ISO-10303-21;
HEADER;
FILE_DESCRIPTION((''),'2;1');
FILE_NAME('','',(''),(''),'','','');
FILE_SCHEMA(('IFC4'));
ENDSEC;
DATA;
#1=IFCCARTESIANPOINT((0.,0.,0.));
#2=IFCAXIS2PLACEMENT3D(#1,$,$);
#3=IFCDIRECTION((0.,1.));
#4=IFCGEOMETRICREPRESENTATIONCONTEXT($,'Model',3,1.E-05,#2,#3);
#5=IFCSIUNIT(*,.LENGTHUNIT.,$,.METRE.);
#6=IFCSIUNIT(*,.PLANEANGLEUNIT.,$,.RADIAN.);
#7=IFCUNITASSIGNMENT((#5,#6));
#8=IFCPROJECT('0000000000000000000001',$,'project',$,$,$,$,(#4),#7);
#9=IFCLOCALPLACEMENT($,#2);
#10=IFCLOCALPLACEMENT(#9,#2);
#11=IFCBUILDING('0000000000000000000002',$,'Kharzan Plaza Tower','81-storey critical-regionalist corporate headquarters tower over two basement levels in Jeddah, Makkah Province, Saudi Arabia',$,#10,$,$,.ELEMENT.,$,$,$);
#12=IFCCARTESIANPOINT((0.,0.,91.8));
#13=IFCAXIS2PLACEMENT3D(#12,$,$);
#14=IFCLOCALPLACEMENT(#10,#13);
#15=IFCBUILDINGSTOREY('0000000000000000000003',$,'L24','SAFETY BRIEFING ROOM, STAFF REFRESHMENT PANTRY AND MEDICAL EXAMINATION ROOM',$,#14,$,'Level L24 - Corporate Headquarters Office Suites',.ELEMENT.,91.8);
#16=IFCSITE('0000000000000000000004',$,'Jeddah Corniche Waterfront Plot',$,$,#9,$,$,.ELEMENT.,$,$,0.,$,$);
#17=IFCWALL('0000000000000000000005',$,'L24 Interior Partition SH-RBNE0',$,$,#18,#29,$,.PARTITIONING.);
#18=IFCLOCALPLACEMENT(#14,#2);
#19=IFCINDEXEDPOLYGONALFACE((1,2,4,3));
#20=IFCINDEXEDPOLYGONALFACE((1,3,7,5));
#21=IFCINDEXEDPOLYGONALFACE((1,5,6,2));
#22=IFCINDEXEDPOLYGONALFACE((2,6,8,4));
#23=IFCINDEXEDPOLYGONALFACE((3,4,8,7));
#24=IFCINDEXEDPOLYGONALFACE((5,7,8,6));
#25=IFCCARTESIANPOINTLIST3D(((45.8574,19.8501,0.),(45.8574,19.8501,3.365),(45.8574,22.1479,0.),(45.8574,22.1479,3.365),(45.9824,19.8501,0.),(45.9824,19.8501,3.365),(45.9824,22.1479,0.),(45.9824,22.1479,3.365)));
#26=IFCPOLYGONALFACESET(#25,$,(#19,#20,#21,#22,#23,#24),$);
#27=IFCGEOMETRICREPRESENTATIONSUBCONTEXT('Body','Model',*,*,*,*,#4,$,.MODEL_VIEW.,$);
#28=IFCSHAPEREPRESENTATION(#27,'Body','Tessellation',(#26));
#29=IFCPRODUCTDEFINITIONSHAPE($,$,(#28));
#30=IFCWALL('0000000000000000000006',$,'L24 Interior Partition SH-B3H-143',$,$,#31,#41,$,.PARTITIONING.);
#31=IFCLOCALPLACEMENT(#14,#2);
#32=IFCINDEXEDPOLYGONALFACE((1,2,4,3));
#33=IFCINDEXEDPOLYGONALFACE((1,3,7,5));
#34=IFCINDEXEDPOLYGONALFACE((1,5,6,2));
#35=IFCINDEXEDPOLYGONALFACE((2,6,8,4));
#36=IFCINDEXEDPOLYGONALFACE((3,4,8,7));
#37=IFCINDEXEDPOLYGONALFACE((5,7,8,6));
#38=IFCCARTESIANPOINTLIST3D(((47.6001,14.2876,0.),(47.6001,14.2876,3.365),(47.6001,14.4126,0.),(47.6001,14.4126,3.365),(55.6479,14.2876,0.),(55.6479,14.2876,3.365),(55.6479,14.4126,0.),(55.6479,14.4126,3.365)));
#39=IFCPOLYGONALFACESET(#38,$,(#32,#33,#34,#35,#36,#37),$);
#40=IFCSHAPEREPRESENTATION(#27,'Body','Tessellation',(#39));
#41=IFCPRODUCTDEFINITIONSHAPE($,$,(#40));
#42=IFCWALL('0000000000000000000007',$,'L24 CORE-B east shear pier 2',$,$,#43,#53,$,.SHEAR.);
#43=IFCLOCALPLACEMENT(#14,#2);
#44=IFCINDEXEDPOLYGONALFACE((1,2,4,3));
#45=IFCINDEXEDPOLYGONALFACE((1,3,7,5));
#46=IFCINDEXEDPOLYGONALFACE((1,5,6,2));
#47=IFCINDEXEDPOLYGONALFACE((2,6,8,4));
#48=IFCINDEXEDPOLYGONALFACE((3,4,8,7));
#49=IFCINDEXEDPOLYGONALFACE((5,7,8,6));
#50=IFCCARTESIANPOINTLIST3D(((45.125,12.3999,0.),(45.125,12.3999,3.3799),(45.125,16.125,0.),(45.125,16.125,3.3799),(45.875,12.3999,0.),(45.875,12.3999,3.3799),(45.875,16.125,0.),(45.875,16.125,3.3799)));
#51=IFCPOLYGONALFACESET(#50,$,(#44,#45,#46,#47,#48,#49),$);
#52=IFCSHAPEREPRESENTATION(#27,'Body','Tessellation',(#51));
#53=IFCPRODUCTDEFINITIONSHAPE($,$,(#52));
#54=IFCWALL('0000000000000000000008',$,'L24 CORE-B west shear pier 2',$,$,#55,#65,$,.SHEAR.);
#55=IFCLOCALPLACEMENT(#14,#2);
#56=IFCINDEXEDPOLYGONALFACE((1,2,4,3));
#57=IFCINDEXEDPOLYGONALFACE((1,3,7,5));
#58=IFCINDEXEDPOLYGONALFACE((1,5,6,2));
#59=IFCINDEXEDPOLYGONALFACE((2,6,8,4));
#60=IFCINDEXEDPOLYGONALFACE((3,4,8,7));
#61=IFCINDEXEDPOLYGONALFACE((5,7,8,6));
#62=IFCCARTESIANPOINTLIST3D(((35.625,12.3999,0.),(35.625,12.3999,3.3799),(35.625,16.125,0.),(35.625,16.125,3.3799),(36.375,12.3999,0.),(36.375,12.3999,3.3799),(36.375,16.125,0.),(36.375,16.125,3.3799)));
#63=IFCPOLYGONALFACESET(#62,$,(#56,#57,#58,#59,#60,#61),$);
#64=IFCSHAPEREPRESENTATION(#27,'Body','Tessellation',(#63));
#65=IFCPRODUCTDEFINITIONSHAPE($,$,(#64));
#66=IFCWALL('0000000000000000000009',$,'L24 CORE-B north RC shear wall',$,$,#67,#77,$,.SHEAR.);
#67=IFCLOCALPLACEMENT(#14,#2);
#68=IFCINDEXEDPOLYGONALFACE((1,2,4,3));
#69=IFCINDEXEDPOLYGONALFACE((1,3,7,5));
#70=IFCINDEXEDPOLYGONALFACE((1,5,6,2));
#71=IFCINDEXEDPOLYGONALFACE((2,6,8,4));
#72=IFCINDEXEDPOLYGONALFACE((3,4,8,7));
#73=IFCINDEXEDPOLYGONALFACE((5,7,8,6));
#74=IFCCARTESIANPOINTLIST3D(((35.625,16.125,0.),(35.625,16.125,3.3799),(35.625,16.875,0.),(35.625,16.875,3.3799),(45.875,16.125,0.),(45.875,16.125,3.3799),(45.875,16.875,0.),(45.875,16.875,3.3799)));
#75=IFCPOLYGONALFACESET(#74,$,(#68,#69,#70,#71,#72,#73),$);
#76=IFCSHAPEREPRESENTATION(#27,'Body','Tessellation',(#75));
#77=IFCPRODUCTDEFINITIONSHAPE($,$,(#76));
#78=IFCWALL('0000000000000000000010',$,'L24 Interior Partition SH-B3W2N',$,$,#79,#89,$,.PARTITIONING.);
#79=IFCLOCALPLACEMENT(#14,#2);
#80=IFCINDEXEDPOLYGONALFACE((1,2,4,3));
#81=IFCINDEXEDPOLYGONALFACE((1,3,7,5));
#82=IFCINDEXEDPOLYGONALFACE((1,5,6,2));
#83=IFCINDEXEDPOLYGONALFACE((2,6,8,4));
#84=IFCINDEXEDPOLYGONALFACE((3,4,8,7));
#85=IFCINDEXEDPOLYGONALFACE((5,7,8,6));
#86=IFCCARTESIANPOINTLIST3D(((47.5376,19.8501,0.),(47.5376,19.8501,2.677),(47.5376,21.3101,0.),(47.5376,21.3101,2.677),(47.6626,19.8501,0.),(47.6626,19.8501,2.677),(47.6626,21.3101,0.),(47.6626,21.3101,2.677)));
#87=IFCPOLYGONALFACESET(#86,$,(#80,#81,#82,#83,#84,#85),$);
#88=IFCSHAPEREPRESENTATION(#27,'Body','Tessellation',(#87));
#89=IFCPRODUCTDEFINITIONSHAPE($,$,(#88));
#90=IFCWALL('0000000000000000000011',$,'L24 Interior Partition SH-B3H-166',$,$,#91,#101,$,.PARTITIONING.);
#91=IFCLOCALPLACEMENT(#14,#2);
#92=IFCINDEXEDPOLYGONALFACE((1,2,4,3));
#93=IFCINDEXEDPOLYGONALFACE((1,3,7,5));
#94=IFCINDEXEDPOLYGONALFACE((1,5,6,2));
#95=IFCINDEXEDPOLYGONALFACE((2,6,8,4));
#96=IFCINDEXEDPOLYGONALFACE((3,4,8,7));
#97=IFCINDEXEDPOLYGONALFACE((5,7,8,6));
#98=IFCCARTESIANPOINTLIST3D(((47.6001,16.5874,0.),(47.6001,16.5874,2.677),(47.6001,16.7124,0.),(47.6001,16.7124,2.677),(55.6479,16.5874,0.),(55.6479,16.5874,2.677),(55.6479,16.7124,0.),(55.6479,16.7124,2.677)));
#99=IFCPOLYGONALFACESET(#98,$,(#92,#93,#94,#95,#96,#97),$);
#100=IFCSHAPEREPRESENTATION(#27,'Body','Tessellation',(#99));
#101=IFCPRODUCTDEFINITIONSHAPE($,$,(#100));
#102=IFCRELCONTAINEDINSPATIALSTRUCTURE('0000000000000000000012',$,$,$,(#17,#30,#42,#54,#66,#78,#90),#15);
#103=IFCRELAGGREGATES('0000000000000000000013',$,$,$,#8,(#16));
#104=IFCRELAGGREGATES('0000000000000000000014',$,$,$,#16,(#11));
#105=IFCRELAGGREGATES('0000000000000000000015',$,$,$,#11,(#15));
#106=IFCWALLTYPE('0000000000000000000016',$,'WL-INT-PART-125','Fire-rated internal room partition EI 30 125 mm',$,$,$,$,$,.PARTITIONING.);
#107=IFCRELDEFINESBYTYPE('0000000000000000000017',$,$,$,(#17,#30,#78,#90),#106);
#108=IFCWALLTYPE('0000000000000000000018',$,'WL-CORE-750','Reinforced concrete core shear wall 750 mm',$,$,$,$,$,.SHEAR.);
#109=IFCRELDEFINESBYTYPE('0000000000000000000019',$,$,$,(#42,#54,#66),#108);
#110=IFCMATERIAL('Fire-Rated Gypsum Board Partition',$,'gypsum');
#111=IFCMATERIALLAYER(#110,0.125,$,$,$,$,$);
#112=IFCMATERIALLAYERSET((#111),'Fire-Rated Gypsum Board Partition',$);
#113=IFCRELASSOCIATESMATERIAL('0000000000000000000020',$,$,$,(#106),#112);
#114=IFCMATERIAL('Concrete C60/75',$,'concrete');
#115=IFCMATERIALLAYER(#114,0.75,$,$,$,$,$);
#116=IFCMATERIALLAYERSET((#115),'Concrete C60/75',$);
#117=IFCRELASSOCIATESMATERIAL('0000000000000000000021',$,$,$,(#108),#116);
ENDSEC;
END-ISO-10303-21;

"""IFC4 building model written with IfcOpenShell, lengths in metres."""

from ifc_helpers import new_model, si_unit, direction, frame, frame_2d, origin, place, context, subcontext, project, spatial, rectangle, extrude, source, transform, mapped, material, layer, layer_set, type_object, element, save


model = new_model("IFC4")

# Units and contexts
model_context = context("Model", 3, precision=1e-05, world=origin(), true_north=direction((0.0, 1.0)))
body_context = subcontext(model_context, "Body", "Model", "MODEL_VIEW")
ifc_project = project(units=[si_unit("LENGTHUNIT", "METRE"), si_unit("PLANEANGLEUNIT", "RADIAN")], contexts=[model_context])

# Site, building, storey
site_placement = place(None, origin())
site = spatial("IfcSite", under=ifc_project, at=site_placement, Name="Jeddah Corniche Waterfront Plot", CompositionType="ELEMENT", RefElevation=0.0)
building_placement = place(site_placement, origin())
building = spatial("IfcBuilding", under=site, at=building_placement, Name="Kharzan Plaza Tower", Description="81-storey critical-regionalist corporate headquarters tower over two basement levels in Jeddah, Makkah Province, Saudi Arabia", CompositionType="ELEMENT")
storey_placement = place(building_placement, frame((0.0, 0.0, 91.8)))
storey = spatial("IfcBuildingStorey", under=building, at=storey_placement, Name="L24", Description="SAFETY BRIEFING ROOM, STAFF REFRESHMENT PANTRY AND MEDICAL EXAMINATION ROOM", LongName="Level L24 - Corporate Headquarters Office Suites", CompositionType="ELEMENT", Elevation=91.8)

# Shared definitions
ifc_material_1 = material(Name="Concrete C60/75", Category="concrete")

# Shared definitions
ifc_material_2 = material(Name="Fire-Rated Gypsum Board Partition", Category="gypsum")
ifc_layer_1 = layer(ifc_material_2, 0.125)
ifc_layer_set_1 = layer_set([ifc_layer_1], Name="Fire-Rated Gypsum Board Partition")
wall_type_1 = type_object("IfcWallType", Name="WL-INT-PART-125", Description="Fire-rated internal room partition EI 30 125 mm", PredefinedType="PARTITIONING", material=ifc_layer_set_1)

# Walls
shared_shape_1 = source(origin(), body_context, "Body", "SweptSolid", [
    extrude(rectangle(XDim=2.2979, YDim=0.125, at=frame_2d((1.1489, 0.0))), origin(), (0.0, 0.0, 1.0), 3.365),
])
wall_1_placement = place(storey_placement, frame((45.9199, 19.8501, 0.0), z_axis=(0.0, 0.0, 1.0), x_axis=(0.0, 1.0, 0.0)))
element("IfcWall", 1, at=wall_1_placement, inside=storey, type_object=wall_type_1, Name="L24 Interior Partition SH-RBNE0", PredefinedType="PARTITIONING", context=body_context, shape_type="MappedRepresentation", body=[
    mapped(shared_shape_1, transform((0.0, 0.0, 0.0), x_axis=(1.0, 0.0, 0.0), y_axis=(0.0, 1.0, 0.0), z_axis=(0.0, 0.0, 1.0))),
])
shared_shape_2 = source(origin(), body_context, "Body", "SweptSolid", [
    extrude(rectangle(XDim=8.0479, YDim=0.125, at=frame_2d((4.0239, 0.0))), origin(), (0.0, 0.0, 1.0), 3.365),
])
wall_2_placement = place(storey_placement, frame((47.6001, 14.3501, 0.0), z_axis=(0.0, 0.0, 1.0), x_axis=(1.0, 0.0, 0.0)))
element("IfcWall", 2, at=wall_2_placement, inside=storey, type_object=wall_type_1, Name="L24 Interior Partition SH-B3H-143", PredefinedType="PARTITIONING", context=body_context, shape_type="MappedRepresentation", body=[
    mapped(shared_shape_2, transform((0.0, 0.0, 0.0), x_axis=(1.0, 0.0, 0.0), y_axis=(0.0, 1.0, 0.0), z_axis=(0.0, 0.0, 1.0))),
])
ifc_layer_2 = layer(ifc_material_1, 0.75)
ifc_layer_set_2 = layer_set([ifc_layer_2], Name="Concrete C60/75")
wall_type_2 = type_object("IfcWallType", Name="WL-CORE-750", Description="Reinforced concrete core shear wall 750 mm", PredefinedType="SHEAR", material=ifc_layer_set_2)
shared_shape_3 = source(origin(), body_context, "Body", "SweptSolid", [
    extrude(rectangle(XDim=3.7251, YDim=0.75, at=frame_2d((1.8625, 0.0))), origin(), (0.0, 0.0, 1.0), 3.3799),
])
for number, where, z_axis, x_axis, name in (
    (3, (45.5, 12.3999, 0.0), (0.0, 0.0, 1.0), (0.0, 1.0, 0.0), "L24 CORE-B east shear pier 2"),
    (4, (36.0, 12.3999, 0.0), (0.0, 0.0, 1.0), (0.0, 1.0, 0.0), "L24 CORE-B west shear pier 2"),
):
    element("IfcWall", number, at=place(storey_placement, frame(where, z_axis=z_axis, x_axis=x_axis)), inside=storey, type_object=wall_type_2, Name=name, PredefinedType="SHEAR", context=body_context, shape_type="MappedRepresentation", body=[
        mapped(shared_shape_3, transform((0.0, 0.0, 0.0), x_axis=(1.0, 0.0, 0.0), y_axis=(0.0, 1.0, 0.0), z_axis=(0.0, 0.0, 1.0))),
    ])
shared_shape_4 = source(origin(), body_context, "Body", "SweptSolid", [
    extrude(rectangle(XDim=10.25, YDim=0.75, at=frame_2d((5.125, 0.0))), origin(), (0.0, 0.0, 1.0), 3.3799),
])
wall_3_placement = place(storey_placement, frame((35.625, 16.5, 0.0), z_axis=(0.0, 0.0, 1.0), x_axis=(1.0, 0.0, 0.0)))
element("IfcWall", 5, at=wall_3_placement, inside=storey, type_object=wall_type_2, Name="L24 CORE-B north RC shear wall", PredefinedType="SHEAR", context=body_context, shape_type="MappedRepresentation", body=[
    mapped(shared_shape_4, transform((0.0, 0.0, 0.0), x_axis=(1.0, 0.0, 0.0), y_axis=(0.0, 1.0, 0.0), z_axis=(0.0, 0.0, 1.0))),
])
shared_shape_5 = source(origin(), body_context, "Body", "SweptSolid", [
    extrude(rectangle(XDim=1.46, YDim=0.125, at=frame_2d((0.73, 0.0))), origin(), (0.0, 0.0, 1.0), 2.677),
])
wall_4_placement = place(storey_placement, frame((47.6001, 19.8501, 0.0), z_axis=(0.0, 0.0, 1.0), x_axis=(0.0, 1.0, 0.0)))
element("IfcWall", 6, at=wall_4_placement, inside=storey, type_object=wall_type_1, Name="L24 Interior Partition SH-B3W2N", PredefinedType="PARTITIONING", context=body_context, shape_type="MappedRepresentation", body=[
    mapped(shared_shape_5, transform((0.0, 0.0, 0.0), x_axis=(1.0, 0.0, 0.0), y_axis=(0.0, 1.0, 0.0), z_axis=(0.0, 0.0, 1.0))),
])
shared_shape_6 = source(origin(), body_context, "Body", "SweptSolid", [
    extrude(rectangle(XDim=8.0479, YDim=0.125, at=frame_2d((4.0239, 0.0))), origin(), (0.0, 0.0, 1.0), 2.677),
])
wall_5_placement = place(storey_placement, frame((47.6001, 16.6499, 0.0), z_axis=(0.0, 0.0, 1.0), x_axis=(1.0, 0.0, 0.0)))
element("IfcWall", 7, at=wall_5_placement, inside=storey, type_object=wall_type_1, Name="L24 Interior Partition SH-B3H-166", PredefinedType="PARTITIONING", context=body_context, shape_type="MappedRepresentation", body=[
    mapped(shared_shape_6, transform((0.0, 0.0, 0.0), x_axis=(1.0, 0.0, 0.0), y_axis=(0.0, 1.0, 0.0), z_axis=(0.0, 0.0, 1.0))),
])

save(model, "model.ifc")
